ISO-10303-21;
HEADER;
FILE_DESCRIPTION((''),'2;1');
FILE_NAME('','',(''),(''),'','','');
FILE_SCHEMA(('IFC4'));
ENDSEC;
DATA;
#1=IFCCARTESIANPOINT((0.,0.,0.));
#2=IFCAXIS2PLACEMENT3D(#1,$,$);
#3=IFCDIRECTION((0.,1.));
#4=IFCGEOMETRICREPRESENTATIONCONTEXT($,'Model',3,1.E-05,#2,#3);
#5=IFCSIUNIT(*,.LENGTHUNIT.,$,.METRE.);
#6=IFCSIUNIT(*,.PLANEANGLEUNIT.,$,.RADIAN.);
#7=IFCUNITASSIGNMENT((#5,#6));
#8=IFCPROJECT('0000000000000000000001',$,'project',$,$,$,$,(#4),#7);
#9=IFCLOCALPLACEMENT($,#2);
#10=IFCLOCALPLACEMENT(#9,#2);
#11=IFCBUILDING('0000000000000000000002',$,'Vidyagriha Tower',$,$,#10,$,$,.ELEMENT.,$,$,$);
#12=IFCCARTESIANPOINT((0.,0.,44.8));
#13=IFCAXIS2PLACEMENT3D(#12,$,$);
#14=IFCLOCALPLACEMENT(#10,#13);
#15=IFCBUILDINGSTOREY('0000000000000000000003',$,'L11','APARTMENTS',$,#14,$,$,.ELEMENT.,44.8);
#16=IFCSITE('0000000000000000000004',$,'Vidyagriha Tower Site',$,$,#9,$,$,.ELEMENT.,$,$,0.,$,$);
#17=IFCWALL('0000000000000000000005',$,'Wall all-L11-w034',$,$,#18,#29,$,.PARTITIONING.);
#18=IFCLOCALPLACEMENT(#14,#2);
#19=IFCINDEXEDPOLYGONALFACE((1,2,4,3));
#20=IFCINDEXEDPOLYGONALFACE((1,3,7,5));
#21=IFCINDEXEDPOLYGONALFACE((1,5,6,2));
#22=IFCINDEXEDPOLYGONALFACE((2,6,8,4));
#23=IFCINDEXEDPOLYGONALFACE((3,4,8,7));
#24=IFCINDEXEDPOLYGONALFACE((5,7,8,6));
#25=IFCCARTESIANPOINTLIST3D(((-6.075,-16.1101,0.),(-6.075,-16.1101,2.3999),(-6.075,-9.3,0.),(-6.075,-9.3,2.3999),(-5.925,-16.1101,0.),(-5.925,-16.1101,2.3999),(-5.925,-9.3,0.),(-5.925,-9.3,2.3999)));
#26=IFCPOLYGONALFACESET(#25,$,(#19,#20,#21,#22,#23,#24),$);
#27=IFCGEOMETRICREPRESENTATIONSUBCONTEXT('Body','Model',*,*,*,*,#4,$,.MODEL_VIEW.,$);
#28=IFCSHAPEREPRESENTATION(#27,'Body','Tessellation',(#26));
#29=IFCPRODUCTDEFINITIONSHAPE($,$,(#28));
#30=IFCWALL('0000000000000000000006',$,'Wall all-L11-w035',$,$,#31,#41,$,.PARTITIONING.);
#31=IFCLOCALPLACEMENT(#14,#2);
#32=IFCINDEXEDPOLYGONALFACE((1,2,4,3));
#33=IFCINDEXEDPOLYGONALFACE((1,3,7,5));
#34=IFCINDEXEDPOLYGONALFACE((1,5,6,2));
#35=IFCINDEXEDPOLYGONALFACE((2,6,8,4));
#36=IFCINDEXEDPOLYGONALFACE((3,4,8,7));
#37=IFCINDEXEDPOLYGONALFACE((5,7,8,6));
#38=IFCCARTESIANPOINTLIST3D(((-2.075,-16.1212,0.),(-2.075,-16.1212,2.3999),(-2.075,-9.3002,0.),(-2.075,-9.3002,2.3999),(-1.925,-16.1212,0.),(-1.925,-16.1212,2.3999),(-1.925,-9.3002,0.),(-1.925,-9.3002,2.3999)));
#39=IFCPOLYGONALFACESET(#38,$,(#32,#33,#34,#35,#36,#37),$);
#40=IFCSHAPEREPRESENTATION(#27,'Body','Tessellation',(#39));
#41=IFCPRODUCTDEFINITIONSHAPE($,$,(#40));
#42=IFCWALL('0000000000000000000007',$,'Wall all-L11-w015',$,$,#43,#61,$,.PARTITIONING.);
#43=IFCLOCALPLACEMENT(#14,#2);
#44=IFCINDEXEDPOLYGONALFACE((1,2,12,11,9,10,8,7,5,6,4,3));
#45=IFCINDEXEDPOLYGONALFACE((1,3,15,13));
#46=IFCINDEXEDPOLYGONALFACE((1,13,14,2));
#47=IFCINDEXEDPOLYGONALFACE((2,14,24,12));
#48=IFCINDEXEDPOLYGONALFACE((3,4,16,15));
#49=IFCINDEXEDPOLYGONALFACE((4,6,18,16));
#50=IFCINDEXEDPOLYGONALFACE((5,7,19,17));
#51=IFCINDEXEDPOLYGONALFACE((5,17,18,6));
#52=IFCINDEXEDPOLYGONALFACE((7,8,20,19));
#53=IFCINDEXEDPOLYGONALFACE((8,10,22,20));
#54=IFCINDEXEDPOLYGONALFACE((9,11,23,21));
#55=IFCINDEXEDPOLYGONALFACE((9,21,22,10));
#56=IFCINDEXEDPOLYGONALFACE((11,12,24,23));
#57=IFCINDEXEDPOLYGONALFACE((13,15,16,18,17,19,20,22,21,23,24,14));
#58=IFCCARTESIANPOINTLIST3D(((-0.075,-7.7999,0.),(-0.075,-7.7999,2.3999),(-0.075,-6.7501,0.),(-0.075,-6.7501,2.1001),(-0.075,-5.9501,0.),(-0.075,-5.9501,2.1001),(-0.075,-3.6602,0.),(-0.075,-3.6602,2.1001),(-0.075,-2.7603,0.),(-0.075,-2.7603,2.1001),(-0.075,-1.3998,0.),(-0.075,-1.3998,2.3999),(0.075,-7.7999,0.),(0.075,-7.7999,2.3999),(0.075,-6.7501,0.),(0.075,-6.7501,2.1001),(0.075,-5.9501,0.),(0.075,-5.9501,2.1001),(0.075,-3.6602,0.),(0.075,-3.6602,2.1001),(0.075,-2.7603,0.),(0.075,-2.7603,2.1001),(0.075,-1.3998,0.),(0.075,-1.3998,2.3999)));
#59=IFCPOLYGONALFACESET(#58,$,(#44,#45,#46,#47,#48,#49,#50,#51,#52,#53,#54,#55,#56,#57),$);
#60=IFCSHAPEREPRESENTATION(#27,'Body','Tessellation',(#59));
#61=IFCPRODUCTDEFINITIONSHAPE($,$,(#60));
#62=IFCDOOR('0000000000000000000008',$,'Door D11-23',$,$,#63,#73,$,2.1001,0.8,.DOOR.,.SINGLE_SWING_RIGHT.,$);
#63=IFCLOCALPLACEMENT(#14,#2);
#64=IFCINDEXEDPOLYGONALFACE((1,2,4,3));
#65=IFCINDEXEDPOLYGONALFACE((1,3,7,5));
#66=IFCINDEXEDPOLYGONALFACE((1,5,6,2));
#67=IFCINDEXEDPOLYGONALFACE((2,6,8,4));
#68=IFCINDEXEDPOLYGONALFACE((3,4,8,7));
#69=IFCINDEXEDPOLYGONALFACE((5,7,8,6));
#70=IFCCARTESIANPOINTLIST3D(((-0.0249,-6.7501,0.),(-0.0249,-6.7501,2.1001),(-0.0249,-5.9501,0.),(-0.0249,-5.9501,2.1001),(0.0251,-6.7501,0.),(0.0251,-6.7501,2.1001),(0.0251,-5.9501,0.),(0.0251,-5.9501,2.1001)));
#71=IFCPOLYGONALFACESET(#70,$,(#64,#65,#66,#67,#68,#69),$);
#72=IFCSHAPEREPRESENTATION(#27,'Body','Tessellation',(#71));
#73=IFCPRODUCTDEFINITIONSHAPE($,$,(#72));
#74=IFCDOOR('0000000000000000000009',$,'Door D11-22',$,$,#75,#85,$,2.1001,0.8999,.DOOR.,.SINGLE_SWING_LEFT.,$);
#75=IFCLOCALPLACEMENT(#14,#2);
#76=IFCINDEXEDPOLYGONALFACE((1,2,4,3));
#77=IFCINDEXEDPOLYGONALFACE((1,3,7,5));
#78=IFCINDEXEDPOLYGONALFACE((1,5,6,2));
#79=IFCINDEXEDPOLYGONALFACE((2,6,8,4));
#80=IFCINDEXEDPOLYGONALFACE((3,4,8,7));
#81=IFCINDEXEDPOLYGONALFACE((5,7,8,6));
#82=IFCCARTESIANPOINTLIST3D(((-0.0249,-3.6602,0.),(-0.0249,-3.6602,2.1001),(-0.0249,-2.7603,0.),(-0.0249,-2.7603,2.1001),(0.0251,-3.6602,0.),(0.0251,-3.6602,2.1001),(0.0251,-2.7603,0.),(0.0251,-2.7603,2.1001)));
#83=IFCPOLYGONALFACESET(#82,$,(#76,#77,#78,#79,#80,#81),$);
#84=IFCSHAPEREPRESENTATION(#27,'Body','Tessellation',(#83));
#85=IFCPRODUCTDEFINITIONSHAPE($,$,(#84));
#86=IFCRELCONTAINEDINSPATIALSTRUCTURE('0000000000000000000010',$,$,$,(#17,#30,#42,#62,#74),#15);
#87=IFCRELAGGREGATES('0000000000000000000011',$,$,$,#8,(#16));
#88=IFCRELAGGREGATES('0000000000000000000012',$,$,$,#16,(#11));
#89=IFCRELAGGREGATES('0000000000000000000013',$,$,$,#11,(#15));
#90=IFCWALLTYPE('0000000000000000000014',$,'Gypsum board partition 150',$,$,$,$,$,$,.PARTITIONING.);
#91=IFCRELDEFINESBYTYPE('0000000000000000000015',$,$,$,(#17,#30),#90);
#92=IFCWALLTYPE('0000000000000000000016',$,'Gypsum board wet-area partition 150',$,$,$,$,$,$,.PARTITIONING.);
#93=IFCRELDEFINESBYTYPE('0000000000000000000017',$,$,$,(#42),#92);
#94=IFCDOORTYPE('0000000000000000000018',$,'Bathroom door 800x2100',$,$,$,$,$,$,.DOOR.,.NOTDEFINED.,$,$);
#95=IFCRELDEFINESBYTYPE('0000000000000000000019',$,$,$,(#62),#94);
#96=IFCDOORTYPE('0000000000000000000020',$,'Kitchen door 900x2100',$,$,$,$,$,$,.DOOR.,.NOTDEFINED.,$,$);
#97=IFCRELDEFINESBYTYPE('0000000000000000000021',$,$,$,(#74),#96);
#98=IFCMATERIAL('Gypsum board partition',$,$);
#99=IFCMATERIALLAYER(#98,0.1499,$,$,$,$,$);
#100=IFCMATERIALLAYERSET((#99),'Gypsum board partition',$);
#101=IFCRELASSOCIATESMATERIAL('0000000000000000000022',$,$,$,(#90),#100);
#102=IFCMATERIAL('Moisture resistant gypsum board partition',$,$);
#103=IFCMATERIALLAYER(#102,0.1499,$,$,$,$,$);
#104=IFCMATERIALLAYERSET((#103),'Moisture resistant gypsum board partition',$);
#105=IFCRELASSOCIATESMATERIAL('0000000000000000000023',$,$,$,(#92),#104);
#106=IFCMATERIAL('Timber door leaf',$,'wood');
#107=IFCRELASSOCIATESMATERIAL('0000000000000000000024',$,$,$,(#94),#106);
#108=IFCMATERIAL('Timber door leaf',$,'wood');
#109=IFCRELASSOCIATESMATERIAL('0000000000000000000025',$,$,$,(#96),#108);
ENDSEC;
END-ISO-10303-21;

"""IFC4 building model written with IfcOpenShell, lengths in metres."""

from ifc_helpers import new_model, si_unit, direction, frame, frame_2d, origin, place, context, subcontext, project, spatial, rectangle, extrude, material, layer, layer_set, type_object, element, fill, save


model = new_model("IFC4")

# Units and contexts
model_context = context("Model", 3, precision=1e-05, world=origin(), true_north=direction((0.0, 1.0)))
body_context = subcontext(model_context, "Body", "Model", "MODEL_VIEW")
ifc_project = project(units=[si_unit("LENGTHUNIT", "METRE"), si_unit("PLANEANGLEUNIT", "RADIAN")], contexts=[model_context])

# Site, building, storey
site_placement = place(None, origin())
site = spatial("IfcSite", under=ifc_project, at=site_placement, Name="Vidyagriha Tower Site", CompositionType="ELEMENT", RefElevation=0.0)
building_placement = place(site_placement, origin())
building = spatial("IfcBuilding", under=site, at=building_placement, Name="Vidyagriha Tower", CompositionType="ELEMENT")
storey_placement = place(building_placement, frame((0.0, 0.0, 44.8)))
storey = spatial("IfcBuildingStorey", under=building, at=storey_placement, Name="L11", Description="APARTMENTS", CompositionType="ELEMENT", Elevation=44.8)

# Walls
ifc_material_1 = material(Name="Gypsum board partition")
ifc_layer_1 = layer(ifc_material_1, 0.1499)
ifc_layer_set_1 = layer_set([ifc_layer_1], Name="Gypsum board partition")
wall_type_1 = type_object("IfcWallType", Name="Gypsum board partition 150", PredefinedType="PARTITIONING", material=ifc_layer_set_1)
wall_1_placement = place(storey_placement, frame((-6.0, -9.3, 0.0), z_axis=(0.0, 0.0, 1.0), x_axis=(0.0, -1.0, 0.0)))
element("IfcWall", 1, at=wall_1_placement, inside=storey, type_object=wall_type_1, Name="Wall all-L11-w034", PredefinedType="PARTITIONING", context=body_context, shape_type="SweptSolid", body=[
    extrude(rectangle(XDim=6.8101, YDim=0.1499, at=frame_2d((3.405, 0.0))), origin(), (0.0, 0.0, 1.0), 2.3999),
])
wall_2_placement = place(storey_placement, frame((-2.0, -9.3, 0.0), z_axis=(0.0, 0.0, 1.0), x_axis=(0.0, -1.0, 0.0)))
element("IfcWall", 2, at=wall_2_placement, inside=storey, type_object=wall_type_1, Name="Wall all-L11-w035", PredefinedType="PARTITIONING", context=body_context, shape_type="SweptSolid", body=[
    extrude(rectangle(XDim=6.821, YDim=0.1499, at=frame_2d((3.4106, 0.0))), origin(), (0.0, 0.0, 1.0), 2.3999),
])

# Wall, openings, doors
ifc_material_2 = material(Name="Moisture resistant gypsum board partition")
ifc_layer_2 = layer(ifc_material_2, 0.1499)
ifc_layer_set_2 = layer_set([ifc_layer_2], Name="Moisture resistant gypsum board partition")
wall_type_2 = type_object("IfcWallType", Name="Gypsum board wet-area partition 150", PredefinedType="PARTITIONING", material=ifc_layer_set_2)
wall_3_placement = place(storey_placement, frame((0.0, -7.8, 0.0), z_axis=(0.0, 0.0, 1.0), x_axis=(0.0, 1.0, 0.0)))
wall_3 = element("IfcWall", 3, at=wall_3_placement, inside=storey, type_object=wall_type_2, Name="Wall all-L11-w015", PredefinedType="PARTITIONING", context=body_context, shape_type="SweptSolid", body=[
    extrude(rectangle(XDim=6.4001, YDim=0.1499, at=frame_2d((3.2002, 0.0))), origin(), (0.0, 0.0, 1.0), 2.3999),
])
opening_1_placement = place(wall_3_placement, frame((4.1399, 0.0, 0.0)))
opening_1 = element("IfcOpeningElement", 4, at=opening_1_placement, cuts=wall_3, PredefinedType="OPENING", context=body_context, shape_type="SweptSolid", body=[
    extrude(rectangle(XDim=0.8999, YDim=2.1001, at=frame_2d((0.45, 1.05))), frame((0.0, 0.085, 0.0), z_axis=(0.0, -1.0, 0.0), x_axis=(1.0, 0.0, 0.0)), (0.0, 0.0, 1.0), 0.1699),
])
opening_2_placement = place(wall_3_placement, frame((1.05, 0.0, 0.0)))
opening_2 = element("IfcOpeningElement", 5, at=opening_2_placement, cuts=wall_3, PredefinedType="OPENING", context=body_context, shape_type="SweptSolid", body=[
    extrude(rectangle(XDim=0.8, YDim=2.1001, at=frame_2d((0.3999, 1.05))), frame((0.0, 0.085, 0.0), z_axis=(0.0, -1.0, 0.0), x_axis=(1.0, 0.0, 0.0)), (0.0, 0.0, 1.0), 0.1699),
])
ifc_material_3 = material(Name="Timber door leaf", Category="wood")
door_type_1 = type_object("IfcDoorType", Name="Bathroom door 800x2100", OperationType="NOTDEFINED", PredefinedType="DOOR", material=ifc_material_3)
door_1_placement = place(opening_2_placement, origin())
door_1 = element("IfcDoor", 6, at=door_1_placement, inside=storey, type_object=door_type_1, Name="Door D11-23", OperationType="SINGLE_SWING_RIGHT", OverallHeight=2.1001, OverallWidth=0.8, PredefinedType="DOOR", context=body_context, shape_type="SweptSolid", body=[
    extrude(rectangle(XDim=0.8, YDim=2.1001, at=frame_2d((0.3999, 1.05))), frame((0.0, 0.0249, 0.0), z_axis=(0.0, -1.0, 0.0), x_axis=(1.0, 0.0, 0.0)), (0.0, 0.0, 1.0), 0.05),
])
fill(opening_2, door_1)
ifc_material_4 = material(Name="Timber door leaf", Category="wood")
door_type_2 = type_object("IfcDoorType", Name="Kitchen door 900x2100", OperationType="NOTDEFINED", PredefinedType="DOOR", material=ifc_material_4)
door_2_placement = place(opening_1_placement, origin())
door_2 = element("IfcDoor", 7, at=door_2_placement, inside=storey, type_object=door_type_2, Name="Door D11-22", OperationType="SINGLE_SWING_LEFT", OverallHeight=2.1001, OverallWidth=0.8999, PredefinedType="DOOR", context=body_context, shape_type="SweptSolid", body=[
    extrude(rectangle(XDim=0.8999, YDim=2.1001, at=frame_2d((0.45, 1.05))), frame((0.0, 0.0249, 0.0), z_axis=(0.0, -1.0, 0.0), x_axis=(1.0, 0.0, 0.0)), (0.0, 0.0, 1.0), 0.05),
])
fill(opening_1, door_2)

save(model, "model.ifc")
